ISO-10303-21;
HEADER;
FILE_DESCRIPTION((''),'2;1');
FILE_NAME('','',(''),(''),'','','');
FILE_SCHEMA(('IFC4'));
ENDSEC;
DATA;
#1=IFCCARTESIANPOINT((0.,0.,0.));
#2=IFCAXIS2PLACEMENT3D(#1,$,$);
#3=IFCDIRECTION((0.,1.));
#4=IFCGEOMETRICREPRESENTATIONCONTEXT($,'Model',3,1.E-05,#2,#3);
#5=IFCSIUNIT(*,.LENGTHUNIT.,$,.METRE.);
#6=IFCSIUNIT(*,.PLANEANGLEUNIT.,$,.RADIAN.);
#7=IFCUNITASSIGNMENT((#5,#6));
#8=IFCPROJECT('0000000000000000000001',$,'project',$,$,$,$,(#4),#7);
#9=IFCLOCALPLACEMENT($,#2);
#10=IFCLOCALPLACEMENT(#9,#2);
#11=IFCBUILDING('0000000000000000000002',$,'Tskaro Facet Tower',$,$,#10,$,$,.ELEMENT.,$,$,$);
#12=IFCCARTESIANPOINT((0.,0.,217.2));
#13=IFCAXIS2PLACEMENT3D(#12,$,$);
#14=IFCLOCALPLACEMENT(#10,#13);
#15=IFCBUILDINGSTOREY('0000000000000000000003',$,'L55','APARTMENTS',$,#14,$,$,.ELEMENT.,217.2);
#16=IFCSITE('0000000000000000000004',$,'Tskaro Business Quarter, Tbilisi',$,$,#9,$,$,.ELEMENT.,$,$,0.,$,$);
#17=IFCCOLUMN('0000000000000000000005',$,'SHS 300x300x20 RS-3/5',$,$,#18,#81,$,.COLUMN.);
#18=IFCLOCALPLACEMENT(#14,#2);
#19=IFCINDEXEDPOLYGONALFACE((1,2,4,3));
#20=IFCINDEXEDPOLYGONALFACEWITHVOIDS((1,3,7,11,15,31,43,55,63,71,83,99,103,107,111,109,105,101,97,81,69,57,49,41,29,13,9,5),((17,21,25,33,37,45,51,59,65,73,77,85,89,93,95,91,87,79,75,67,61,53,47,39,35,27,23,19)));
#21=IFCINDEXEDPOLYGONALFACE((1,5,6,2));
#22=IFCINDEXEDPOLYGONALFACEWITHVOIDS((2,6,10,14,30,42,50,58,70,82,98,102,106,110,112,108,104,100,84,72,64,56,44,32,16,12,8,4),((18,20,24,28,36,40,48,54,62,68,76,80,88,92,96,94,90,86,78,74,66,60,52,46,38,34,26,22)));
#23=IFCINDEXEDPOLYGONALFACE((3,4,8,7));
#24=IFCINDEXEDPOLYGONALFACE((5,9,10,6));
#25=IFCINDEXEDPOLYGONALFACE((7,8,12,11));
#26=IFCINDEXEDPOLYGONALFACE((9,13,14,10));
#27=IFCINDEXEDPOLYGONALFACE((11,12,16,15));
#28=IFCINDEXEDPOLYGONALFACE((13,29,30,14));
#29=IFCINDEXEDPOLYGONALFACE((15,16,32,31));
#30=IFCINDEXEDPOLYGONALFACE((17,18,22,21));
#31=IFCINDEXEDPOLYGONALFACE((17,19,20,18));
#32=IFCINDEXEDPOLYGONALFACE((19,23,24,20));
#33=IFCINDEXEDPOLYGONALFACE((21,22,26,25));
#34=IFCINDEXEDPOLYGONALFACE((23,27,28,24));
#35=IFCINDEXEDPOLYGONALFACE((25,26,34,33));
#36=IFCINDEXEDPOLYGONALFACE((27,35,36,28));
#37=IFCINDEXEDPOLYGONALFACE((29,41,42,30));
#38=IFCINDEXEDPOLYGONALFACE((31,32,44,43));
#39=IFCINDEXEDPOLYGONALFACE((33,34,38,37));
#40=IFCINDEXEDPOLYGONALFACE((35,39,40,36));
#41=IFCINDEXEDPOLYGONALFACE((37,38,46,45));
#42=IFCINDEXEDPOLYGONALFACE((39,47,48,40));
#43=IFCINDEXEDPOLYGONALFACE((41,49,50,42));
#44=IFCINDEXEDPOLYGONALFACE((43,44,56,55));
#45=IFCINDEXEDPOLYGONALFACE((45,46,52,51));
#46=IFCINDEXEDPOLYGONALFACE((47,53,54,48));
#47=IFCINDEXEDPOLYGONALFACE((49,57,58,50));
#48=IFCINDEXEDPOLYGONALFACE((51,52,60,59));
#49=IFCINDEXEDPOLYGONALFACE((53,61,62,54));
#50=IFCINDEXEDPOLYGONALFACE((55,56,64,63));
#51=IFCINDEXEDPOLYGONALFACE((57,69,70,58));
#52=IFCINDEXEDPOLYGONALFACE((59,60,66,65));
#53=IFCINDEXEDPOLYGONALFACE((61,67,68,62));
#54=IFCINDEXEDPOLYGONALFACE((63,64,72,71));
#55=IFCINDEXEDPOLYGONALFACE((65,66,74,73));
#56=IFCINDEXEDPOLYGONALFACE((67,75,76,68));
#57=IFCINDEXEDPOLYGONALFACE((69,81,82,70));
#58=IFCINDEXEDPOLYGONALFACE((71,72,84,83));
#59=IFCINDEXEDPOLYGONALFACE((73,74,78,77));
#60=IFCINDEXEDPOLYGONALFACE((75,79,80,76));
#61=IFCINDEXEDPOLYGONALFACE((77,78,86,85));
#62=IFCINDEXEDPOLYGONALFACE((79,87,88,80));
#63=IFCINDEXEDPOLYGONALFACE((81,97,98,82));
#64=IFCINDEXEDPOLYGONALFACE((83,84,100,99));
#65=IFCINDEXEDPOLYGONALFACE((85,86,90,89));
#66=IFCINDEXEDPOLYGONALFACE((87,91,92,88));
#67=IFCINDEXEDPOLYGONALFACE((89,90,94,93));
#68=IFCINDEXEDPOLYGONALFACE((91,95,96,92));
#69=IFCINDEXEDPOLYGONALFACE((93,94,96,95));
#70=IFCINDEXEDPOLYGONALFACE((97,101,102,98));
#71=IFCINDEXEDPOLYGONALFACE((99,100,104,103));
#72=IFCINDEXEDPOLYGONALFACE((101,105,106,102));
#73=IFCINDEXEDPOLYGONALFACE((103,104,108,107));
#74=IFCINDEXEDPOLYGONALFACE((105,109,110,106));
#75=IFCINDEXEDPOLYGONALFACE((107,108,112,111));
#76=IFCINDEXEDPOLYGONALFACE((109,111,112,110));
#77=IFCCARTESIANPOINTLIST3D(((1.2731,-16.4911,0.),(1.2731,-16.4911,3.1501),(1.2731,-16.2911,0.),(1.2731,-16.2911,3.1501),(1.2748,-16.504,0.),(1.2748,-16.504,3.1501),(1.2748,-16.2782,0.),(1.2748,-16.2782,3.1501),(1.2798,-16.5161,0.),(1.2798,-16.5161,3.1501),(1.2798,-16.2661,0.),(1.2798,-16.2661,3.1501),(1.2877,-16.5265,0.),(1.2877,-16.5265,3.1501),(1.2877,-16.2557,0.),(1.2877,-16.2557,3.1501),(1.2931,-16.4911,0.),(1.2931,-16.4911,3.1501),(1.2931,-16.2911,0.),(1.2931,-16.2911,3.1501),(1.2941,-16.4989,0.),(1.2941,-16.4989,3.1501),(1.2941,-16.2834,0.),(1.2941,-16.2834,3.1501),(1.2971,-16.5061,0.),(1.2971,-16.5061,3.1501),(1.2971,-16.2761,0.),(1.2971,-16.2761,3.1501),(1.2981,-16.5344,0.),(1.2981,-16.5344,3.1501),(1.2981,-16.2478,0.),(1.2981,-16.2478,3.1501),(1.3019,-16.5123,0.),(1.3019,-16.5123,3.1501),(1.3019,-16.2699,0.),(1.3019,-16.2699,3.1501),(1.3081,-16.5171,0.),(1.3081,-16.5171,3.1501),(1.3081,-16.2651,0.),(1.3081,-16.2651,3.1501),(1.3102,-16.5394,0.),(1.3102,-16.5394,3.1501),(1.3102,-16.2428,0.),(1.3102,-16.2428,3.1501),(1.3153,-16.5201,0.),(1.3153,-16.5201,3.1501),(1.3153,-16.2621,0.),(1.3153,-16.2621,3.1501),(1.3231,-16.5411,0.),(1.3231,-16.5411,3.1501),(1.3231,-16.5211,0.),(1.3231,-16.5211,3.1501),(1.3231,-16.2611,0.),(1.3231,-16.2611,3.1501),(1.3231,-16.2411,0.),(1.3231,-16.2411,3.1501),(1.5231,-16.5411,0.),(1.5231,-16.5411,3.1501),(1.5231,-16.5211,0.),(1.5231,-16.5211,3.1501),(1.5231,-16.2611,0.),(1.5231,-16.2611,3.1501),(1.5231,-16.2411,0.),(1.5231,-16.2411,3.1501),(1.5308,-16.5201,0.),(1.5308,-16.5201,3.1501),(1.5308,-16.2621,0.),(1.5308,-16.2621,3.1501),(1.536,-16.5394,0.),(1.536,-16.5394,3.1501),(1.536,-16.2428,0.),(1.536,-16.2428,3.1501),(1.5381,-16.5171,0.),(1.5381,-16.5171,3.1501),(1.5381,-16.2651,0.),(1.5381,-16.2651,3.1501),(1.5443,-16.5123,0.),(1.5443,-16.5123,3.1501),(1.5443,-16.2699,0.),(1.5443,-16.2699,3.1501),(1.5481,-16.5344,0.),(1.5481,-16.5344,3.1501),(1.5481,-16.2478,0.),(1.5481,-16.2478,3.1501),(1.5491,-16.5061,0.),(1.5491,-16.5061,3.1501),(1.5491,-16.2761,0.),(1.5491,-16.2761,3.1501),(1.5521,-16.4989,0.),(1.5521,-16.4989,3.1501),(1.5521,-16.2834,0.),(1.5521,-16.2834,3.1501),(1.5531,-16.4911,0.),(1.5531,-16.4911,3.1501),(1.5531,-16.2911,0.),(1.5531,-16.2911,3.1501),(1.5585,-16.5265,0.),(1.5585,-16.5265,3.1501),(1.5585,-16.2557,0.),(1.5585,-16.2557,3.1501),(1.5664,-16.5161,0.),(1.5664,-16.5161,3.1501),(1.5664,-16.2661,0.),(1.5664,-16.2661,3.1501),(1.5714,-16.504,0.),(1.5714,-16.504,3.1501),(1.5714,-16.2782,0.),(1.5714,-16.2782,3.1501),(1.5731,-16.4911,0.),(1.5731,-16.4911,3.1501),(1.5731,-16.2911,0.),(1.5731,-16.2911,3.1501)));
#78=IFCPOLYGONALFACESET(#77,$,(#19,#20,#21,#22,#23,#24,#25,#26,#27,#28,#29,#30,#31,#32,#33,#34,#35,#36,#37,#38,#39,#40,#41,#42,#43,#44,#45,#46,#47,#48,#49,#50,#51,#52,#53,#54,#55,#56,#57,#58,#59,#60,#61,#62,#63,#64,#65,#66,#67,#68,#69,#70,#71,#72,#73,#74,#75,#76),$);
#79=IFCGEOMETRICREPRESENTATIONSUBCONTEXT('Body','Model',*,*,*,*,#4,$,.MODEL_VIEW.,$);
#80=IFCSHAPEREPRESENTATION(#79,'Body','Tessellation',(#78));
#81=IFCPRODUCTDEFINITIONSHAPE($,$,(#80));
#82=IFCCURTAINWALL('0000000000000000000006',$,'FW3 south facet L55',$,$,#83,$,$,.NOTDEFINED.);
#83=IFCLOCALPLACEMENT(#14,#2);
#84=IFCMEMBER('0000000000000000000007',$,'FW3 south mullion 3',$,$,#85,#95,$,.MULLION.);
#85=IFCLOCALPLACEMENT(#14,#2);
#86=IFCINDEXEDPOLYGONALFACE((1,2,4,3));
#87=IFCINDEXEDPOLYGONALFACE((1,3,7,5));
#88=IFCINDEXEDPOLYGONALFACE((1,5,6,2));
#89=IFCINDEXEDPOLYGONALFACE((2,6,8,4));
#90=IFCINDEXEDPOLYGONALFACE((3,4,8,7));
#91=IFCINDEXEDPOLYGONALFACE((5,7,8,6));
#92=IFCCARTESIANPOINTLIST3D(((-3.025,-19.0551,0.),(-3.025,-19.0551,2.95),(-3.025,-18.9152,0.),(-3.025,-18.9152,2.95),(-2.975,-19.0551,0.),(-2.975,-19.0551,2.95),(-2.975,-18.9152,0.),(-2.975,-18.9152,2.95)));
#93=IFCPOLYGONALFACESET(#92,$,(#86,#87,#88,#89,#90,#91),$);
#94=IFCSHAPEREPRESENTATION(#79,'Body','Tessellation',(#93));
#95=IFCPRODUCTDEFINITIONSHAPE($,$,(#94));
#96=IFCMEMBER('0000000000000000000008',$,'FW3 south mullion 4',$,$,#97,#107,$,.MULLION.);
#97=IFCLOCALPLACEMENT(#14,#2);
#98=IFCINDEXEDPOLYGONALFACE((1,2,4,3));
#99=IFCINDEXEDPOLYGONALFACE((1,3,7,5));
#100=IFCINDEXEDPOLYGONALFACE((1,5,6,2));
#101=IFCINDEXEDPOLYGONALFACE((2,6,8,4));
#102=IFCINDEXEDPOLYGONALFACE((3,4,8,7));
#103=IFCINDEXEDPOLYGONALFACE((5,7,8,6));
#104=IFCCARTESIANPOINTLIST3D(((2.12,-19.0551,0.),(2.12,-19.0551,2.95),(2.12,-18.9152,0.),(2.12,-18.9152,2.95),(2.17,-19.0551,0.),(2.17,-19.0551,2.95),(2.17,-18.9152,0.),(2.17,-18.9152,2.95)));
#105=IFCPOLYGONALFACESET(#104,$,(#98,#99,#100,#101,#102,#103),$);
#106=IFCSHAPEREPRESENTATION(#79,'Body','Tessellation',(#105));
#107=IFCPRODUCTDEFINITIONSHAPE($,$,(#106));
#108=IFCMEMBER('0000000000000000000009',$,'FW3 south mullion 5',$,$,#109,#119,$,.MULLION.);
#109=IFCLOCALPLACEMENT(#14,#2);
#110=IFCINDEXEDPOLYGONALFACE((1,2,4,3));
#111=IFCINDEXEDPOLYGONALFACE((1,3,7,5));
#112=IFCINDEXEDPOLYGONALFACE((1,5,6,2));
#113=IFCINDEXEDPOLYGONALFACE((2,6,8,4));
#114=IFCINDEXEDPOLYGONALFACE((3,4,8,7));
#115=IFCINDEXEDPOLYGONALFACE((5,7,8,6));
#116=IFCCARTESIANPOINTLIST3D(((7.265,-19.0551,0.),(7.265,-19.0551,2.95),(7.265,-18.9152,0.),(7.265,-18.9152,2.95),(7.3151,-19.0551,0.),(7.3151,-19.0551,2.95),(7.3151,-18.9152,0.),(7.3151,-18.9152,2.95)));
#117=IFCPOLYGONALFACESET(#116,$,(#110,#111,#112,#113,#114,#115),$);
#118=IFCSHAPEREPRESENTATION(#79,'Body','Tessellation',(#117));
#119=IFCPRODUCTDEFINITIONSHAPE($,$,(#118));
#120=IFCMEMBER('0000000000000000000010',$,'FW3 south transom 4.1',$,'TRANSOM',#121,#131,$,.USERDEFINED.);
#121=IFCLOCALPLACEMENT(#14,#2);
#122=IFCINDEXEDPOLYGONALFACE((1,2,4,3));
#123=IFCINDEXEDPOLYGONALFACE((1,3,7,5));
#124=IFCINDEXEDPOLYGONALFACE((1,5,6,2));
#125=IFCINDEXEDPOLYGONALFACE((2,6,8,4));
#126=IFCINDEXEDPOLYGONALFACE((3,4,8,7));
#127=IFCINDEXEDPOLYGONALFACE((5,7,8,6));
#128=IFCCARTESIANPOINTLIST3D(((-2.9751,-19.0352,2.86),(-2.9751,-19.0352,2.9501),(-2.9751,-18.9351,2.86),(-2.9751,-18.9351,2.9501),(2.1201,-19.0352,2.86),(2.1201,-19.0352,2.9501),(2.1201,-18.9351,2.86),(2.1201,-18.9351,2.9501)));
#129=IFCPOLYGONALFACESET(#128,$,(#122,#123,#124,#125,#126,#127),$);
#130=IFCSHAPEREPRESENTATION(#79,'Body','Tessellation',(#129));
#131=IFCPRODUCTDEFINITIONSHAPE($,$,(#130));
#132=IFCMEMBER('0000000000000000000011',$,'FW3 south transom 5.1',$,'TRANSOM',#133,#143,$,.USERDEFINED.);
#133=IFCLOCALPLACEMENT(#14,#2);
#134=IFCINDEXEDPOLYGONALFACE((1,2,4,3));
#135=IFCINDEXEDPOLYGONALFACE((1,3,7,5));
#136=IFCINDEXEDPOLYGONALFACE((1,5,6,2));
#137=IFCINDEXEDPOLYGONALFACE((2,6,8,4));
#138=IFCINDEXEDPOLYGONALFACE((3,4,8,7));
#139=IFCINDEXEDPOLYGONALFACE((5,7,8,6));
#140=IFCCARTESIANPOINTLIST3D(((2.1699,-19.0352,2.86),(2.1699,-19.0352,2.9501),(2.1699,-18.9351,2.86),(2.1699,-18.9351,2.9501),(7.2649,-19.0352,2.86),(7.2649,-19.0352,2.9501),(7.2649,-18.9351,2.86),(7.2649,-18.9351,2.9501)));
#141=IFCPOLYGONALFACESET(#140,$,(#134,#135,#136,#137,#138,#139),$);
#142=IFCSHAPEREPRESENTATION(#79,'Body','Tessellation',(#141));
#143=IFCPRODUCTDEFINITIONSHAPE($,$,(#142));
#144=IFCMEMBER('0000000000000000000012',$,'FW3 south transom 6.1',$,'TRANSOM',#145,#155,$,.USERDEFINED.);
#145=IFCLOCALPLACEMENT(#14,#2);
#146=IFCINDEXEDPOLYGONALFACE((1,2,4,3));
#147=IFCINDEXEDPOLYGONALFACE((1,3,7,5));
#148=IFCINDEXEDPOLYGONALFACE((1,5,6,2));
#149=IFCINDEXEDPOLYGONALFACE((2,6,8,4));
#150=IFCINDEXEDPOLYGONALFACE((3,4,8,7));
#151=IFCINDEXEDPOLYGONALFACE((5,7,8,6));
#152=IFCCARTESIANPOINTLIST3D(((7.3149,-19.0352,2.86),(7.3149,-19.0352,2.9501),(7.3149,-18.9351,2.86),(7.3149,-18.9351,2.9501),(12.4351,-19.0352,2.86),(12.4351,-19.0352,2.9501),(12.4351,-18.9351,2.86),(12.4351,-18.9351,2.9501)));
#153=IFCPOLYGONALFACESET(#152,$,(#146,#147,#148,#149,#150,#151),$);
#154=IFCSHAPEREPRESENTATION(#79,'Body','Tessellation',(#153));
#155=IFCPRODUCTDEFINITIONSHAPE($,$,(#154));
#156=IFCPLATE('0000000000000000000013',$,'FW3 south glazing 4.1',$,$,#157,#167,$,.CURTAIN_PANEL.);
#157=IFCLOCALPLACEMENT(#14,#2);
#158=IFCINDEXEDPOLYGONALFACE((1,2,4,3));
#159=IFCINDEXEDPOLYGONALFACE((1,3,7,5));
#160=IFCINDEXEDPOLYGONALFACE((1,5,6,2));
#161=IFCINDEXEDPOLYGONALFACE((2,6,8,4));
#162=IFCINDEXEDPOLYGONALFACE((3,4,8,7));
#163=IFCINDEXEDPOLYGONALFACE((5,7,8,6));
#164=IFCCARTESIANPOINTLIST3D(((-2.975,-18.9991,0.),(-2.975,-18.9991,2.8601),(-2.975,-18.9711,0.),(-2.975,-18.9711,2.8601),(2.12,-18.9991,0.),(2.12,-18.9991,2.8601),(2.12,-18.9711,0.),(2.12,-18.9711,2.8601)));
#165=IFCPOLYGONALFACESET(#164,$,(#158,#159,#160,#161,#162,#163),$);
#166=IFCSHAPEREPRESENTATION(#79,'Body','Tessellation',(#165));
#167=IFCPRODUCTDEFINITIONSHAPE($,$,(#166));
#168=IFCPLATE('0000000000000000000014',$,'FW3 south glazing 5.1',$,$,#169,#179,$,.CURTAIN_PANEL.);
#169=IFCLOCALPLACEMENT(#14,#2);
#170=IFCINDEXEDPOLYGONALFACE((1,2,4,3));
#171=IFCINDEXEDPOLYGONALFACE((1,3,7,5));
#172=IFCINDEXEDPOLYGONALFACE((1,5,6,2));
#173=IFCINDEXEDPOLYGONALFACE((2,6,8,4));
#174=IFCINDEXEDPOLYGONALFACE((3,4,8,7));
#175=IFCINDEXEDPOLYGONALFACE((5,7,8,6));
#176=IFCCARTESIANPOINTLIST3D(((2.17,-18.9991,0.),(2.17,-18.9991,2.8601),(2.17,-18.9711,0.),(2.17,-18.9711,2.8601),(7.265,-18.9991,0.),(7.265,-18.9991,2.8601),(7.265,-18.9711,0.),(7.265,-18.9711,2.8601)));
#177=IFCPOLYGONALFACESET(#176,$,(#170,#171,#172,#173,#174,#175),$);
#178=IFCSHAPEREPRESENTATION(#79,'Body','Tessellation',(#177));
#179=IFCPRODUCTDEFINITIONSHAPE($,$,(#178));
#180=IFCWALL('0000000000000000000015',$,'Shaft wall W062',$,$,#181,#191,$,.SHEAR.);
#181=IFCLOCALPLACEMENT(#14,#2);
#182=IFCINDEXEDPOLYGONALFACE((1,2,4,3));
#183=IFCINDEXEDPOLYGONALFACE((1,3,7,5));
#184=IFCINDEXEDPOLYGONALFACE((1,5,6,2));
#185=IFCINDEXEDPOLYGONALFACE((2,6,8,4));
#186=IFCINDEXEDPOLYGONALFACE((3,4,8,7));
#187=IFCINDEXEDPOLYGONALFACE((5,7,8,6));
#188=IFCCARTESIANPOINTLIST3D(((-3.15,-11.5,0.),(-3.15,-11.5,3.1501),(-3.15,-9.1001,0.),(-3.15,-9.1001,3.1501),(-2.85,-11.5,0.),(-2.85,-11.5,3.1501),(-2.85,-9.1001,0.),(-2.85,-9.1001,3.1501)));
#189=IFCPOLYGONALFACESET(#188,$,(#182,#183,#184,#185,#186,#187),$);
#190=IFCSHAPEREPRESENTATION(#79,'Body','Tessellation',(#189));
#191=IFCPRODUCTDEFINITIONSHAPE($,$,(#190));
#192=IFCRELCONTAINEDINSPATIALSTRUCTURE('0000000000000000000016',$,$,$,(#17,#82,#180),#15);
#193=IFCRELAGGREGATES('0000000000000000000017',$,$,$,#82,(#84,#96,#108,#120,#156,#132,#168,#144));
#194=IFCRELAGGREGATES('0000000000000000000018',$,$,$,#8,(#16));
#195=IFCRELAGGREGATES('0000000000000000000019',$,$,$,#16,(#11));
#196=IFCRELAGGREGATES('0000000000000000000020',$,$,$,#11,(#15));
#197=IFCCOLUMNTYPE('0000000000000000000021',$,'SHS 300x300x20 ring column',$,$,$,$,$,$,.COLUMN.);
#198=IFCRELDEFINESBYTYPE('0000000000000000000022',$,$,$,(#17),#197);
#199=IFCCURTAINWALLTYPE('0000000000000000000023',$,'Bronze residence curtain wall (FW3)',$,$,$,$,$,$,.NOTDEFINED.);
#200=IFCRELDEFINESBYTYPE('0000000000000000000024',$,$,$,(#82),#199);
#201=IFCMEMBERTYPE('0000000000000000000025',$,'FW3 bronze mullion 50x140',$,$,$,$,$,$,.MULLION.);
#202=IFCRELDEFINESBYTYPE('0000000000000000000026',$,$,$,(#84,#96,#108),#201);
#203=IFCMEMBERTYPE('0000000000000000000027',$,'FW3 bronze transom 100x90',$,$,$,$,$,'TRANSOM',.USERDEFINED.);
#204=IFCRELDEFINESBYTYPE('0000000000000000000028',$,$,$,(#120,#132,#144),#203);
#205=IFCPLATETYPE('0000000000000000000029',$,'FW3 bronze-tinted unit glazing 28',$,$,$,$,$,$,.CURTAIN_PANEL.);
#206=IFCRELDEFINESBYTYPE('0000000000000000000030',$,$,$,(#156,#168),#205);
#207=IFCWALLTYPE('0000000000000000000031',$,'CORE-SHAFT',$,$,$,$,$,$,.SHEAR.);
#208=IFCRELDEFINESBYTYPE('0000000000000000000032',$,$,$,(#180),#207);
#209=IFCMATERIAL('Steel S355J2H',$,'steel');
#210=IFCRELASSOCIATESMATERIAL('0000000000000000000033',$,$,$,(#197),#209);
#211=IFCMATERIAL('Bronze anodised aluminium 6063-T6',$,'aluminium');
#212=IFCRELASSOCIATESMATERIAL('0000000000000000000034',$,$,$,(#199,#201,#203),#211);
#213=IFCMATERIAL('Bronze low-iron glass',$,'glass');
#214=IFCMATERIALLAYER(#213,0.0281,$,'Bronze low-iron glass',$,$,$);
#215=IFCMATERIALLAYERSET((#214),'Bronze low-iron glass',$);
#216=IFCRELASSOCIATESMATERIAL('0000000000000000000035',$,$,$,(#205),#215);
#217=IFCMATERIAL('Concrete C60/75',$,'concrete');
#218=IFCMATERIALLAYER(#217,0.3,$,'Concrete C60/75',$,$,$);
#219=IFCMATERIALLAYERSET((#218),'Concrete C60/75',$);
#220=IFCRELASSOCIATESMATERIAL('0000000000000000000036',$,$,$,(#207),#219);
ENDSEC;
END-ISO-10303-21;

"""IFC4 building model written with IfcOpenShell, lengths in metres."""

from ifc_helpers import new_model, si_unit, direction, frame, frame_2d, origin, origin_2d, place, context, subcontext, project, spatial, rectangle, hollow_rectangle, extrude, material, layer, layer_set, material_profile, profile_set, type_object, element, aggregate, save


model = new_model("IFC4")

# Units and contexts
model_context = context("Model", 3, precision=1e-05, world=origin(), true_north=direction((0.0, 1.0)))
body_context = subcontext(model_context, "Body", "Model", "MODEL_VIEW")
ifc_project = project(units=[si_unit("LENGTHUNIT", "METRE"), si_unit("PLANEANGLEUNIT", "RADIAN")], contexts=[model_context])

# Site, building, storey
site_placement = place(None, origin())
site = spatial("IfcSite", under=ifc_project, at=site_placement, Name="Tskaro Business Quarter, Tbilisi", CompositionType="ELEMENT", RefElevation=0.0)
building_placement = place(site_placement, origin())
building = spatial("IfcBuilding", under=site, at=building_placement, Name="Tskaro Facet Tower", CompositionType="ELEMENT")
storey_placement = place(building_placement, frame((0.0, 0.0, 217.2)))
storey = spatial("IfcBuildingStorey", under=building, at=storey_placement, Name="L55", Description="APARTMENTS", CompositionType="ELEMENT", Elevation=217.2)

# Column
ifc_material_1 = material(Name="Steel S355J2H", Category="steel")
ifc_material_profile_1 = material_profile(ifc_material_1, hollow_rectangle(XDim=0.3, YDim=0.3, WallThickness=0.02, InnerFilletRadius=0.03, OuterFilletRadius=0.05, at=origin_2d()), Name="SHS 300x300x20")
ifc_profile_set_1 = profile_set([ifc_material_profile_1], Name="Steel S355J2H")
column_type = type_object("IfcColumnType", Name="SHS 300x300x20 ring column", PredefinedType="COLUMN", material=ifc_profile_set_1)
column_placement = place(storey_placement, frame((1.4231, -16.3911, 0.0), z_axis=(0.0, 0.0, 1.0), x_axis=(1.0, 0.0, 0.0)))
element("IfcColumn", 1, at=column_placement, inside=storey, type_object=column_type, Name="SHS 300x300x20 RS-3/5", PredefinedType="COLUMN", context=body_context, shape_type="SweptSolid", body=[
    extrude(hollow_rectangle(XDim=0.3, YDim=0.3, WallThickness=0.02, InnerFilletRadius=0.03, OuterFilletRadius=0.05, at=origin_2d()), origin(), (0.0, 0.0, 1.0), 3.1501),
])

# Curtain wall, members, plates
ifc_material_2 = material(Name="Bronze anodised aluminium 6063-T6", Category="aluminium")
curtain_wall_type = type_object("IfcCurtainWallType", Name="Bronze residence curtain wall (FW3)", PredefinedType="NOTDEFINED", material=ifc_material_2)
curtain_wall_placement = place(storey_placement, origin())
curtain_wall = element("IfcCurtainWall", 2, at=curtain_wall_placement, inside=storey, type_object=curtain_wall_type, Name="FW3 south facet L55", PredefinedType="NOTDEFINED")
ifc_material_profile_2 = material_profile(ifc_material_2, rectangle(XDim=0.05, YDim=0.1399, at=origin_2d()), Name="Mullion 50x140")
ifc_profile_set_2 = profile_set([ifc_material_profile_2], Name="Bronze anodised aluminium 6063-T6")
member_type_1 = type_object("IfcMemberType", Name="FW3 bronze mullion 50x140", PredefinedType="MULLION", material=ifc_profile_set_2)
member_1_placement = place(storey_placement, frame((-3.0, -18.9851, 0.0), z_axis=(0.0, 0.0, 1.0), x_axis=(1.0, 0.0, 0.0)))
member_1 = element("IfcMember", 3, at=member_1_placement, type_object=member_type_1, Name="FW3 south mullion 3", PredefinedType="MULLION", context=body_context, shape_type="SweptSolid", body=[
    extrude(rectangle(XDim=0.05, YDim=0.1399, at=origin_2d()), origin(), (0.0, 0.0, 1.0), 2.95),
])
member_2_placement = place(storey_placement, frame((2.145, -18.9851, 0.0), z_axis=(0.0, 0.0, 1.0), x_axis=(1.0, 0.0, 0.0)))
member_2 = element("IfcMember", 4, at=member_2_placement, type_object=member_type_1, Name="FW3 south mullion 4", PredefinedType="MULLION", context=body_context, shape_type="SweptSolid", body=[
    extrude(rectangle(XDim=0.05, YDim=0.1399, at=origin_2d()), origin(), (0.0, 0.0, 1.0), 2.95),
])
member_3_placement = place(storey_placement, frame((7.29, -18.9851, 0.0), z_axis=(0.0, 0.0, 1.0), x_axis=(1.0, 0.0, 0.0)))
member_3 = element("IfcMember", 5, at=member_3_placement, type_object=member_type_1, Name="FW3 south mullion 5", PredefinedType="MULLION", context=body_context, shape_type="SweptSolid", body=[
    extrude(rectangle(XDim=0.05, YDim=0.1399, at=origin_2d()), origin(), (0.0, 0.0, 1.0), 2.95),
])
ifc_material_profile_3 = material_profile(ifc_material_2, rectangle(XDim=0.1001, YDim=0.0901, at=origin_2d()), Name="Transom 100x90")
ifc_profile_set_3 = profile_set([ifc_material_profile_3], Name="Bronze anodised aluminium 6063-T6")
member_type_2 = type_object("IfcMemberType", Name="FW3 bronze transom 100x90", ElementType="TRANSOM", PredefinedType="USERDEFINED", material=ifc_profile_set_3)
member_4_placement = place(storey_placement, frame((-2.9751, -18.9851, 2.905), z_axis=(1.0, 0.0, 0.0), x_axis=(0.0, 1.0, 0.0)))
member_4 = element("IfcMember", 6, at=member_4_placement, type_object=member_type_2, Name="FW3 south transom 4.1", ObjectType="TRANSOM", PredefinedType="USERDEFINED", context=body_context, shape_type="SweptSolid", body=[
    extrude(rectangle(XDim=0.1001, YDim=0.0901, at=origin_2d()), origin(), (0.0, 0.0, 1.0), 5.0952),
])
member_5_placement = place(storey_placement, frame((2.1699, -18.9851, 2.905), z_axis=(1.0, 0.0, 0.0), x_axis=(0.0, 1.0, 0.0)))
member_5 = element("IfcMember", 7, at=member_5_placement, type_object=member_type_2, Name="FW3 south transom 5.1", ObjectType="TRANSOM", PredefinedType="USERDEFINED", context=body_context, shape_type="SweptSolid", body=[
    extrude(rectangle(XDim=0.1001, YDim=0.0901, at=origin_2d()), origin(), (0.0, 0.0, 1.0), 5.095),
])
member_6_placement = place(storey_placement, frame((7.3149, -18.9851, 2.905), z_axis=(1.0, 0.0, 0.0), x_axis=(0.0, 1.0, 0.0)))
member_6 = element("IfcMember", 8, at=member_6_placement, type_object=member_type_2, Name="FW3 south transom 6.1", ObjectType="TRANSOM", PredefinedType="USERDEFINED", context=body_context, shape_type="SweptSolid", body=[
    extrude(rectangle(XDim=0.1001, YDim=0.0901, at=origin_2d()), origin(), (0.0, 0.0, 1.0), 5.1201),
])
ifc_material_3 = material(Name="Bronze low-iron glass", Category="glass")
ifc_layer_1 = layer(ifc_material_3, 0.0281, Name="Bronze low-iron glass")
ifc_layer_set_1 = layer_set([ifc_layer_1], Name="Bronze low-iron glass")
plate_type = type_object("IfcPlateType", Name="FW3 bronze-tinted unit glazing 28", PredefinedType="CURTAIN_PANEL", material=ifc_layer_set_1)
plate_1_placement = place(storey_placement, frame((-0.4275, -18.9851, 0.0), z_axis=(0.0, 0.0, 1.0), x_axis=(1.0, 0.0, 0.0)))
plate_1 = element("IfcPlate", 9, at=plate_1_placement, type_object=plate_type, Name="FW3 south glazing 4.1", PredefinedType="CURTAIN_PANEL", context=body_context, shape_type="SweptSolid", body=[
    extrude(rectangle(XDim=5.095, YDim=0.0281, at=origin_2d()), origin(), (0.0, 0.0, 1.0), 2.8601),
])
plate_2_placement = place(storey_placement, frame((4.7175, -18.9851, 0.0), z_axis=(0.0, 0.0, 1.0), x_axis=(1.0, 0.0, 0.0)))
plate_2 = element("IfcPlate", 10, at=plate_2_placement, type_object=plate_type, Name="FW3 south glazing 5.1", PredefinedType="CURTAIN_PANEL", context=body_context, shape_type="SweptSolid", body=[
    extrude(rectangle(XDim=5.095, YDim=0.0281, at=origin_2d()), origin(), (0.0, 0.0, 1.0), 2.8601),
])
aggregate(curtain_wall, [member_1, member_2, member_3, member_4, plate_1, member_5, plate_2, member_6])

# Wall
ifc_material_4 = material(Name="Concrete C60/75", Category="concrete")
ifc_layer_2 = layer(ifc_material_4, 0.3, Name="Concrete C60/75")
ifc_layer_set_2 = layer_set([ifc_layer_2], Name="Concrete C60/75")
wall_type = type_object("IfcWallType", Name="CORE-SHAFT", PredefinedType="SHEAR", material=ifc_layer_set_2)
for number, where, z_axis, x_axis, name in (
    (11, (-3.0, -11.5, 0.0), (0.0, 0.0, 1.0), (0.0, 1.0, 0.0), "Shaft wall W062"),
):
    element("IfcWall", number, at=place(storey_placement, frame(where, z_axis=z_axis, x_axis=x_axis)), inside=storey, type_object=wall_type, Name=name, PredefinedType="SHEAR", context=body_context, shape_type="SweptSolid", body=[
        extrude(rectangle(XDim=2.3999, YDim=0.3, at=frame_2d((1.2, 0.0))), origin(), (0.0, 0.0, 1.0), 3.1501),
    ])

save(model, "model.ifc")
